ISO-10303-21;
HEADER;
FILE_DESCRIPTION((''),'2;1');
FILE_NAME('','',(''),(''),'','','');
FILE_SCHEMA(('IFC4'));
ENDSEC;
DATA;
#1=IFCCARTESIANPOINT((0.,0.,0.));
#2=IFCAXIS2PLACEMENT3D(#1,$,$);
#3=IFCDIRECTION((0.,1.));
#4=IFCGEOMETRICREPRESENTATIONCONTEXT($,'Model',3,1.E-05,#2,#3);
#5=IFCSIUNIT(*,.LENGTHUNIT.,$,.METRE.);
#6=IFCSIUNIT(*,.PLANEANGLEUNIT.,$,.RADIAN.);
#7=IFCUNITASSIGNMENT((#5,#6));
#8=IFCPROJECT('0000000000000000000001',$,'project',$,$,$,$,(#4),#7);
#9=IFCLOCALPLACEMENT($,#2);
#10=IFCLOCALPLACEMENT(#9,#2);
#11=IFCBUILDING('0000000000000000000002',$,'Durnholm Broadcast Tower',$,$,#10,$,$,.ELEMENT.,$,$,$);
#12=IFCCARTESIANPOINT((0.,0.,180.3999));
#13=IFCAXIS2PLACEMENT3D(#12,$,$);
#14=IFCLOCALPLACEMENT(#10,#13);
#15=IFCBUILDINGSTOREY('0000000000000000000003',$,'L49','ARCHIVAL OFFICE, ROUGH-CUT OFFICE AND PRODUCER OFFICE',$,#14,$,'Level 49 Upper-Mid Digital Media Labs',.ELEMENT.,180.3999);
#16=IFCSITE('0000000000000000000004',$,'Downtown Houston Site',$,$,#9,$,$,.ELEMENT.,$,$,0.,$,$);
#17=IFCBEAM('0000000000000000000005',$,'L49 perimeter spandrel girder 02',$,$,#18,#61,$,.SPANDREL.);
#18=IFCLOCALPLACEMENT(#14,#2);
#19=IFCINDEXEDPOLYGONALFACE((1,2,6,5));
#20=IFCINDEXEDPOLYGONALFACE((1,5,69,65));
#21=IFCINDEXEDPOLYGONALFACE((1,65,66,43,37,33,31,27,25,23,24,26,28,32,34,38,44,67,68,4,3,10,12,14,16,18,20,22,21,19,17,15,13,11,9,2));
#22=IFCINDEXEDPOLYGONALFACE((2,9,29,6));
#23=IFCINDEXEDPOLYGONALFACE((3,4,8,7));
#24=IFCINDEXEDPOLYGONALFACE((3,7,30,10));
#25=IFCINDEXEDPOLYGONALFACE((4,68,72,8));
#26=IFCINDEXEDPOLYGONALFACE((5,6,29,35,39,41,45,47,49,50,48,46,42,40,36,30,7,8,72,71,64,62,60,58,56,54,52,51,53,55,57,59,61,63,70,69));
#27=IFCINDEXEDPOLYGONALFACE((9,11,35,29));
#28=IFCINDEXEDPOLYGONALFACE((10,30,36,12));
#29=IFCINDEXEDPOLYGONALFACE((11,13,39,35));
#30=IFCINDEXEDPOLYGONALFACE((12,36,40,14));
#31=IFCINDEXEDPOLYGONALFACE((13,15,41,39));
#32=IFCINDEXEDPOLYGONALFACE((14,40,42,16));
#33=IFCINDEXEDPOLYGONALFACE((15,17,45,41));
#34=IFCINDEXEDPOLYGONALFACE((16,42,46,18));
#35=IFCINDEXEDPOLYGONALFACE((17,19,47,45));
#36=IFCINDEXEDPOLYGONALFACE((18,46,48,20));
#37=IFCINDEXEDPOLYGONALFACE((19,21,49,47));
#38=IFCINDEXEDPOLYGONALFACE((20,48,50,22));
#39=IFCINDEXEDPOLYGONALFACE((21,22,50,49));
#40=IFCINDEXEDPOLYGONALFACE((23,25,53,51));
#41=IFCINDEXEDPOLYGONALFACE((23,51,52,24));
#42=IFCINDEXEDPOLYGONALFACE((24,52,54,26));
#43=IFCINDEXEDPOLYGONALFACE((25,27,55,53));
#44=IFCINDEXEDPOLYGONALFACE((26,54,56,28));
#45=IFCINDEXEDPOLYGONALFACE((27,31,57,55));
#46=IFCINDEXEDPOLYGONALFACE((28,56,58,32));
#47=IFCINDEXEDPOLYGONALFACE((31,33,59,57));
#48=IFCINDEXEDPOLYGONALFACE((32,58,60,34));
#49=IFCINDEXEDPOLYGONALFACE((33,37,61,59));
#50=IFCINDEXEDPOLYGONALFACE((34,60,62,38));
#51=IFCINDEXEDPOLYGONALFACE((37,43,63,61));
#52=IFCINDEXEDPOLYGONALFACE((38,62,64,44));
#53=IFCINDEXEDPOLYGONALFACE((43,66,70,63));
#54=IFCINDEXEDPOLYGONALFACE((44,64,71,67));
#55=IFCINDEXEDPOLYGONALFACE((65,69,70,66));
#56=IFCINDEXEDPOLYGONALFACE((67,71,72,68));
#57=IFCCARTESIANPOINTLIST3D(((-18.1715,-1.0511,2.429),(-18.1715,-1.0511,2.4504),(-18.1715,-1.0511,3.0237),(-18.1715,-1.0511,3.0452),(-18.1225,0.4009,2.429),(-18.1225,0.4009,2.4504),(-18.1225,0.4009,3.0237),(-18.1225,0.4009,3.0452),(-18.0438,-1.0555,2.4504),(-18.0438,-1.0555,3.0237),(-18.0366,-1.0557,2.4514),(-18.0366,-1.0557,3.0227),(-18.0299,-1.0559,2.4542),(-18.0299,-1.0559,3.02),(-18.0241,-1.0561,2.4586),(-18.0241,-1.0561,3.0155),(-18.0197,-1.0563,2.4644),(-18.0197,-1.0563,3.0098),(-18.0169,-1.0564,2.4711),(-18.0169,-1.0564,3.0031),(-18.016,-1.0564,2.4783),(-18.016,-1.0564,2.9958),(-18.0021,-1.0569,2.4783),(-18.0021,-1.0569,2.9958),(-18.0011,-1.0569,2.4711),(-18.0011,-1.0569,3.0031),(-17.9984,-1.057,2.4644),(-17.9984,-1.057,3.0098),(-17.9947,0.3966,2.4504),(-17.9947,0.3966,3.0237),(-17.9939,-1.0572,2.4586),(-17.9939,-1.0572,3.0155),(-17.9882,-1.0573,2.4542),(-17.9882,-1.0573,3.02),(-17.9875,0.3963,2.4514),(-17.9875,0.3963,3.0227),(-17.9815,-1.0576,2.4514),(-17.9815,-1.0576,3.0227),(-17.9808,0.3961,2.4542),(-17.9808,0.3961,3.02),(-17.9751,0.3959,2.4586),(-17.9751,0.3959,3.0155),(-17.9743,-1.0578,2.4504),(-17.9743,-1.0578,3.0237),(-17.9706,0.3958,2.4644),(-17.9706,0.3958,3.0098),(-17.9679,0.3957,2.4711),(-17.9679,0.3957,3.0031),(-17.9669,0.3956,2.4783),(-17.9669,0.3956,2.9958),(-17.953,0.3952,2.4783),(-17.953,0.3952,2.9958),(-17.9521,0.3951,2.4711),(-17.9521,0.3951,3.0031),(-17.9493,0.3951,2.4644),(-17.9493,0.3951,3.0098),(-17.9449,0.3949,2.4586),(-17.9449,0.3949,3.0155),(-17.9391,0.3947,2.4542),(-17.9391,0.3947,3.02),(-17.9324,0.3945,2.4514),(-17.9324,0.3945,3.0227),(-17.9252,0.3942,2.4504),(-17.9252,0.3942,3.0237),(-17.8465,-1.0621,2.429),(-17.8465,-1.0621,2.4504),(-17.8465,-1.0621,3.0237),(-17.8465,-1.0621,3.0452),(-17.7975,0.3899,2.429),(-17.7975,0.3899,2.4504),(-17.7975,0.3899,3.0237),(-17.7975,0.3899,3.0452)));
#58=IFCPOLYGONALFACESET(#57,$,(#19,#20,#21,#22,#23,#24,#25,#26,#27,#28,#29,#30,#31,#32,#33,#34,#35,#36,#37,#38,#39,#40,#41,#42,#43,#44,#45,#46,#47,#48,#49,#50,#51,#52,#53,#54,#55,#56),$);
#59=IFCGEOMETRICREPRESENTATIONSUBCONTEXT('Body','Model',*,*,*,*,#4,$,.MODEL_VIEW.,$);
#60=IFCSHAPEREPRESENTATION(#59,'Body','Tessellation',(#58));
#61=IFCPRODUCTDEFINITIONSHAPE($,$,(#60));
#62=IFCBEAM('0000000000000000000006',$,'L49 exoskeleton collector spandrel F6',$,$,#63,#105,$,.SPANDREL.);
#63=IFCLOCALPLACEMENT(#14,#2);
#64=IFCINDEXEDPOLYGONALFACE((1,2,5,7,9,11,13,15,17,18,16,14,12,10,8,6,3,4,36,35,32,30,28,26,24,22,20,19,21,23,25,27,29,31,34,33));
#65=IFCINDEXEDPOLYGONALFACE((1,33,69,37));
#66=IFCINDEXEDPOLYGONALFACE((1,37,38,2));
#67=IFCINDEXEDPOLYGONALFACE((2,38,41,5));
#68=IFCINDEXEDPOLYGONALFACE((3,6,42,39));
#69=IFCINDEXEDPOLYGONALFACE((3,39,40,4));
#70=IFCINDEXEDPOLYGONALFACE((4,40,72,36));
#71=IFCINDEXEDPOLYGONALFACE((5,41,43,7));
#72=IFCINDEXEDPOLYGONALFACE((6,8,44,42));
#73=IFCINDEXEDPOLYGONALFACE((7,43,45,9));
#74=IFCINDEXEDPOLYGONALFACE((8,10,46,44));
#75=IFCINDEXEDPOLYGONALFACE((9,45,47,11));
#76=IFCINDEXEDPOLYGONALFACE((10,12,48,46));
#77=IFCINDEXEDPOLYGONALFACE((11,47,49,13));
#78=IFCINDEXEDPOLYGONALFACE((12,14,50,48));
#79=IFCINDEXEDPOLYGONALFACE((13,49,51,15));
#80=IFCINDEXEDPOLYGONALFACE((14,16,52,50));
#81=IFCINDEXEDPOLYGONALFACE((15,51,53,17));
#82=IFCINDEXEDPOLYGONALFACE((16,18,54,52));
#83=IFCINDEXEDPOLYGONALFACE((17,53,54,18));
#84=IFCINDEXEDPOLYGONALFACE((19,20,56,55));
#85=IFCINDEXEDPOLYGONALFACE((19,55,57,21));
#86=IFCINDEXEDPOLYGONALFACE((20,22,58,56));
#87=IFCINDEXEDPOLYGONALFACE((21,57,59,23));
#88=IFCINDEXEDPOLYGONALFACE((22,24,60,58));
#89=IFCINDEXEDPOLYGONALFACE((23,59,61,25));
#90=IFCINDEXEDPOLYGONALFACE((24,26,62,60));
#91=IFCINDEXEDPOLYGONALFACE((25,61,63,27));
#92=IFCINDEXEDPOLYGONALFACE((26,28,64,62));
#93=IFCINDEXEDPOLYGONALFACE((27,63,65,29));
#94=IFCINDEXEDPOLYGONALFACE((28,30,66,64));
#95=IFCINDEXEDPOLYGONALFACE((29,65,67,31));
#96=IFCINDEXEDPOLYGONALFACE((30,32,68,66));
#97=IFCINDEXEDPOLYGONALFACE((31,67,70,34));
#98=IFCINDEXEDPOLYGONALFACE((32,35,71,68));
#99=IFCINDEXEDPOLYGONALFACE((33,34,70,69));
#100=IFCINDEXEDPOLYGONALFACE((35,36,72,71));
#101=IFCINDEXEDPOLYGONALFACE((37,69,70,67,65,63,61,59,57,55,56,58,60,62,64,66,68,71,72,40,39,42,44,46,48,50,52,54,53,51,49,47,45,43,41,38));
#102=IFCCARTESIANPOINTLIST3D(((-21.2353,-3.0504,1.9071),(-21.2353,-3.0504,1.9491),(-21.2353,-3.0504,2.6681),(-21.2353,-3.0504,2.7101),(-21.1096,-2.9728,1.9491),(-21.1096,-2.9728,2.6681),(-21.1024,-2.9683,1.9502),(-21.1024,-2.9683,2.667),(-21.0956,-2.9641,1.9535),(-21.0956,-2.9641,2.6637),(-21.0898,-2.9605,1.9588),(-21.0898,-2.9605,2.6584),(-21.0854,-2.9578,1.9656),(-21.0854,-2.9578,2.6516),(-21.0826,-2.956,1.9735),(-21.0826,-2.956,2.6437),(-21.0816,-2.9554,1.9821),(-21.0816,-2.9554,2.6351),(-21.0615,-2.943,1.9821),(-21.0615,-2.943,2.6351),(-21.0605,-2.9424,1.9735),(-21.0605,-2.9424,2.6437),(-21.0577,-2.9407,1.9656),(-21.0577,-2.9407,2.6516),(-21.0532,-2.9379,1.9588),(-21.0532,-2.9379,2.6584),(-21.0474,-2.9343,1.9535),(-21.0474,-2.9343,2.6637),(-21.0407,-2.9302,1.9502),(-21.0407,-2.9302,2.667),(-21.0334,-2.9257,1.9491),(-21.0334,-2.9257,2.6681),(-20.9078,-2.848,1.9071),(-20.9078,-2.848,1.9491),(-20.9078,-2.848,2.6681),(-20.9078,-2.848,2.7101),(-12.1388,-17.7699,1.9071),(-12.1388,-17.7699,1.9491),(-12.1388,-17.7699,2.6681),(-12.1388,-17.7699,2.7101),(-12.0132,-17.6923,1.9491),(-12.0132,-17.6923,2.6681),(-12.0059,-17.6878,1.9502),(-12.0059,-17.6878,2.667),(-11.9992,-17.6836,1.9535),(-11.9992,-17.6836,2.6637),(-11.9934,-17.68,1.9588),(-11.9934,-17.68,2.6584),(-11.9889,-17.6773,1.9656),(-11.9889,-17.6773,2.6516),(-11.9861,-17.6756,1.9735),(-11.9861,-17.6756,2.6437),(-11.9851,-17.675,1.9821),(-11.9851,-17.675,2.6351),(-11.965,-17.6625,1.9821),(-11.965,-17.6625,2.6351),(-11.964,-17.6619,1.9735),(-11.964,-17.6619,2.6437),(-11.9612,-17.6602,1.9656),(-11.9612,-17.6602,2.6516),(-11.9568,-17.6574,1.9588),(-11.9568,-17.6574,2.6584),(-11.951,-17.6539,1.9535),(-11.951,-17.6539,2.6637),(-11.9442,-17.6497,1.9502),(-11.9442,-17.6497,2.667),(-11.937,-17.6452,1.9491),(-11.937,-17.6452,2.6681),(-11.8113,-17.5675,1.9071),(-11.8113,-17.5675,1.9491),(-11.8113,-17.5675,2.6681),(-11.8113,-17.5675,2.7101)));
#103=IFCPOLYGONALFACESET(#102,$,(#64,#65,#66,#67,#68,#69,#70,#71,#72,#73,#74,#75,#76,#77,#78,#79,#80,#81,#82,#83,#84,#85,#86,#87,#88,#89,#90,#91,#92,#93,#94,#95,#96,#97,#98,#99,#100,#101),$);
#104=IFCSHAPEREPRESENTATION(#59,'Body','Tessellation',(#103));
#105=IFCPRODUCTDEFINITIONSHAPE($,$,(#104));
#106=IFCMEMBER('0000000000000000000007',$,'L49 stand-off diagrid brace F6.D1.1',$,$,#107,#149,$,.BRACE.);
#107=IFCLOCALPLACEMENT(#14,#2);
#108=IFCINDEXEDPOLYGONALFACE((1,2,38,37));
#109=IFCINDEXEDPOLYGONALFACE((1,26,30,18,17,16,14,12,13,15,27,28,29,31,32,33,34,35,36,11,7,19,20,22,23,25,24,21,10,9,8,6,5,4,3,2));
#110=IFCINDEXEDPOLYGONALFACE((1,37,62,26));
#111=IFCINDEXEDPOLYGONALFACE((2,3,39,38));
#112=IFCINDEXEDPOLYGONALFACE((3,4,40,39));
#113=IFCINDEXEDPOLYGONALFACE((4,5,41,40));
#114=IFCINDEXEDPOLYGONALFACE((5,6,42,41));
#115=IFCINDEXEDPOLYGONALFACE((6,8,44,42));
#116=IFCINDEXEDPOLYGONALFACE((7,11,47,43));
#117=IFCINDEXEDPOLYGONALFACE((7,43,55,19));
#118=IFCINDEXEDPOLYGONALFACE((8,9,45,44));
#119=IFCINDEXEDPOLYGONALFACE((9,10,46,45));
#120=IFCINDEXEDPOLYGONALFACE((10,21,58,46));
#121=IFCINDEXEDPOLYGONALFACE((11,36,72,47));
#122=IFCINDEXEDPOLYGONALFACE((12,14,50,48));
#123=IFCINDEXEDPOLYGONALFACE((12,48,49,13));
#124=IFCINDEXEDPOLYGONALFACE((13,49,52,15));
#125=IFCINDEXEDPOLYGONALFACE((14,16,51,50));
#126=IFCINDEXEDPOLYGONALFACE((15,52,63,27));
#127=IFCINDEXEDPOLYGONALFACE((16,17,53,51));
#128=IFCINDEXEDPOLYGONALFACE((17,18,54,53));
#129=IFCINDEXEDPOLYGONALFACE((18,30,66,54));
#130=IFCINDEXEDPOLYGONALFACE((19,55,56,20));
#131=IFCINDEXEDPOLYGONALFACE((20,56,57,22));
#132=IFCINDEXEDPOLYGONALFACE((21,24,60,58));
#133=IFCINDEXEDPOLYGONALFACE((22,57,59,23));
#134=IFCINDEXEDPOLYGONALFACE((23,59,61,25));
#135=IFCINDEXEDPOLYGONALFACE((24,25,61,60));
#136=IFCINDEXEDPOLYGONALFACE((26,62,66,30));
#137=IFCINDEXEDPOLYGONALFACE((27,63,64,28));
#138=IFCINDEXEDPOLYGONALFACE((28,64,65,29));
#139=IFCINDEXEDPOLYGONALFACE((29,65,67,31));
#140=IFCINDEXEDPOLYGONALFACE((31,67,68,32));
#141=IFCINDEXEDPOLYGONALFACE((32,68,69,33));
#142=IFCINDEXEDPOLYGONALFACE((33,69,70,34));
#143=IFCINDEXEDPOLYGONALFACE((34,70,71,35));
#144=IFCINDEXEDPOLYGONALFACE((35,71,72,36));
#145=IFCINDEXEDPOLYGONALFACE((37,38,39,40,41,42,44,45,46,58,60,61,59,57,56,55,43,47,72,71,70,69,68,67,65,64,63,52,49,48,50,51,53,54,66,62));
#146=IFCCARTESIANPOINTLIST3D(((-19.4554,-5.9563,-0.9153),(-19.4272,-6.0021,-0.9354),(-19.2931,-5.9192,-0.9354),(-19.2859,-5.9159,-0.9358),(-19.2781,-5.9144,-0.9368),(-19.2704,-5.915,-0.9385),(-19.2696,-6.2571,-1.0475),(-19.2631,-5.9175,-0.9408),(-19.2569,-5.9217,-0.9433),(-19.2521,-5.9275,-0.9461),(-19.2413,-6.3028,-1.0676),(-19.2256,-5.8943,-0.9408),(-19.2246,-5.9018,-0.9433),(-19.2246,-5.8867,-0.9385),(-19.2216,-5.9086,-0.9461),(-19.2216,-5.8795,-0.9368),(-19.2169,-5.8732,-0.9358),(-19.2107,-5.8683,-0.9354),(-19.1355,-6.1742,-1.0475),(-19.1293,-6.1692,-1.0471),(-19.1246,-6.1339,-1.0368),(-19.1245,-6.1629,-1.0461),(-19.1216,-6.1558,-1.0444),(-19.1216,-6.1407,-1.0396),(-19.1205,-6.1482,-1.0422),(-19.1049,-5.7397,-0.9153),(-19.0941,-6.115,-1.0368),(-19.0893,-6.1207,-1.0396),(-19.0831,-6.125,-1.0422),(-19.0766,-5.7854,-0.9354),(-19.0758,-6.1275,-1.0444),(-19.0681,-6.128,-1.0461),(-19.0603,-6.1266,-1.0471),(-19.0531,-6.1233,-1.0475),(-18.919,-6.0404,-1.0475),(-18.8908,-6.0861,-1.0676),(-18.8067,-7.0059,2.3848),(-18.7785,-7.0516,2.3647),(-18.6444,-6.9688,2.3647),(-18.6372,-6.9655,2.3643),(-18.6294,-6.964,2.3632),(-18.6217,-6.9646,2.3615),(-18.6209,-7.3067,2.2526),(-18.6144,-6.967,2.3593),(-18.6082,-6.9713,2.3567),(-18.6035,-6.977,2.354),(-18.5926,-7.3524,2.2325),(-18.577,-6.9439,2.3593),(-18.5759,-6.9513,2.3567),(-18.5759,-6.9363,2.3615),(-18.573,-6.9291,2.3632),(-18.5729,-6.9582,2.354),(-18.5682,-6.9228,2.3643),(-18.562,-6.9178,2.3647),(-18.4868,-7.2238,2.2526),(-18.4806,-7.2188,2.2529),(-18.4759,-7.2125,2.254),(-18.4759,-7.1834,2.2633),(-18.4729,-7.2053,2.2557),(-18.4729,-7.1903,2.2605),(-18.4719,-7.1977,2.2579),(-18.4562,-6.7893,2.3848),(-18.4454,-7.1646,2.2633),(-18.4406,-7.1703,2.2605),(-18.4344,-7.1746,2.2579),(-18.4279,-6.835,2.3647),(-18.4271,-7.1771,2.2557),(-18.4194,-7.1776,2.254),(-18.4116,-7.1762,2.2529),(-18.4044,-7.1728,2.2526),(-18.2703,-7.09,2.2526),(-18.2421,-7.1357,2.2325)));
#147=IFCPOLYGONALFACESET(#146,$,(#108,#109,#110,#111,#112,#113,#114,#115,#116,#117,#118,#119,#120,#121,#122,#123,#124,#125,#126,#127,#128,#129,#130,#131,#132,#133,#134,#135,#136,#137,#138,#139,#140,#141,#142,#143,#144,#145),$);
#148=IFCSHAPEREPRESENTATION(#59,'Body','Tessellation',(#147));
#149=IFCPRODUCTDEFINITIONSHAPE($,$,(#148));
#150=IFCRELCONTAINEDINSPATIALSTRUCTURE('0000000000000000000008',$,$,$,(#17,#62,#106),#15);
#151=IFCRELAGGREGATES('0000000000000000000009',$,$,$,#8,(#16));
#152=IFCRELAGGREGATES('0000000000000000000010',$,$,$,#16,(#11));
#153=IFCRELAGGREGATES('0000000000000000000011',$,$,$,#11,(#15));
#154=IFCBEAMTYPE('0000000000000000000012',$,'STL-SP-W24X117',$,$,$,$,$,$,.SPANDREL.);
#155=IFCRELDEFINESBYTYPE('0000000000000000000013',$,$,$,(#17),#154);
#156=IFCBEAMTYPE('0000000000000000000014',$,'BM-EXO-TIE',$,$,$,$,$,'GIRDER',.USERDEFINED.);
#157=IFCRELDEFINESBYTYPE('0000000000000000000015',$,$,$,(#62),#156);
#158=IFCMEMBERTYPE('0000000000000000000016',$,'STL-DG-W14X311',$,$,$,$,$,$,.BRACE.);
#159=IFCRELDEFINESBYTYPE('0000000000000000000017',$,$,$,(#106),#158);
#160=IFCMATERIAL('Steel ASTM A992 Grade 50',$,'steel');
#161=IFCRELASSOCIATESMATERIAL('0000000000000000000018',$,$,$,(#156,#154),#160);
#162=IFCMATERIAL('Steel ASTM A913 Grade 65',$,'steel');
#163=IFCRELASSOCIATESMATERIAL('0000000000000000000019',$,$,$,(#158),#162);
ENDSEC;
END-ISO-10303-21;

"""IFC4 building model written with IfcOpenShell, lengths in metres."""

from ifc_helpers import new_model, si_unit, direction, frame, origin, origin_2d, place, context, subcontext, project, spatial, i_section, extrude, source, transform, mapped, material, material_profile, profile_set, type_object, type_shapes, element, save


model = new_model("IFC4")

# Units and contexts
model_context = context("Model", 3, precision=1e-05, world=origin(), true_north=direction((0.0, 1.0)))
body_context = subcontext(model_context, "Body", "Model", "MODEL_VIEW")
ifc_project = project(units=[si_unit("LENGTHUNIT", "METRE"), si_unit("PLANEANGLEUNIT", "RADIAN")], contexts=[model_context])

# Site, building, storey
site_placement = place(None, origin())
site = spatial("IfcSite", under=ifc_project, at=site_placement, Name="Downtown Houston Site", CompositionType="ELEMENT", RefElevation=0.0)
building_placement = place(site_placement, origin())
building = spatial("IfcBuilding", under=site, at=building_placement, Name="Durnholm Broadcast Tower", CompositionType="ELEMENT")
storey_placement = place(building_placement, frame((0.0, 0.0, 180.3999)))
storey = spatial("IfcBuildingStorey", under=building, at=storey_placement, Name="L49", Description="ARCHIVAL OFFICE, ROUGH-CUT OFFICE AND PRODUCER OFFICE", LongName="Level 49 Upper-Mid Digital Media Labs", CompositionType="ELEMENT", Elevation=180.3999)

# Beams
ifc_material_1 = material(Name="Steel ASTM A992 Grade 50", Category="steel")
ifc_material_profile_1 = material_profile(ifc_material_1, i_section(OverallWidth=0.385, OverallDepth=0.803, WebThickness=0.0237, FlangeThickness=0.042, FilletRadius=0.033, at=origin_2d()), Name="W30X261")
ifc_profile_set_1 = profile_set([ifc_material_profile_1], Name="Steel ASTM A992 Grade 50")
beam_type_1 = type_object("IfcBeamType", Name="BM-EXO-TIE", ElementType="GIRDER", PredefinedType="USERDEFINED", material=ifc_profile_set_1)
ifc_material_profile_2 = material_profile(ifc_material_1, i_section(OverallWidth=0.3252, OverallDepth=0.6162, WebThickness=0.0139, FlangeThickness=0.0215, FilletRadius=0.0278, at=origin_2d()), Name="W24X117")
ifc_profile_set_2 = profile_set([ifc_material_profile_2], Name="Steel ASTM A992 Grade 50")
beam_type_2 = type_object("IfcBeamType", Name="STL-SP-W24X117", PredefinedType="SPANDREL", material=ifc_profile_set_2)
shared_shape_1 = source(origin(), body_context, "Body", "SweptSolid", [
    extrude(i_section(OverallWidth=0.3252, OverallDepth=0.6162, WebThickness=0.0139, FlangeThickness=0.0215, FilletRadius=0.0278, at=origin_2d()), origin(), (0.0, 0.0, 1.0), 1.4529),
])
beam_1_placement = place(storey_placement, frame((-18.009, -1.0566, 2.7371), z_axis=(0.033774, 0.99943, 0.0), x_axis=(-0.99943, 0.033774, 0.0)))
element("IfcBeam", 1, at=beam_1_placement, inside=storey, type_object=beam_type_2, Name="L49 perimeter spandrel girder 02", PredefinedType="SPANDREL", context=body_context, shape_type="MappedRepresentation", body=[
    mapped(shared_shape_1, transform((0.0, 0.0, 0.0), x_axis=(1.0, 0.0, 0.0), y_axis=(0.0, 1.0, 0.0), z_axis=(0.0, 0.0, 1.0), scale=1.0)),
])
shared_shape_2 = source(origin(), body_context, "Body", "SweptSolid", [
    extrude(i_section(OverallWidth=0.385, OverallDepth=0.803, WebThickness=0.0237, FlangeThickness=0.042, FilletRadius=0.033, at=origin_2d()), origin(), (0.0, 0.0, 1.0), 17.3035),
])
beam_2_placement = place(storey_placement, frame((-21.0715, -2.9492, 2.3086), z_axis=(0.525702, -0.850669, 0.0), x_axis=(0.850669, 0.525702, 0.0)))
element("IfcBeam", 2, at=beam_2_placement, inside=storey, type_object=beam_type_1, Name="L49 exoskeleton collector spandrel F6", PredefinedType="SPANDREL", context=body_context, shape_type="MappedRepresentation", body=[
    mapped(shared_shape_2, transform((0.0, 0.0, 0.0), x_axis=(1.0, 0.0, 0.0), y_axis=(0.0, 1.0, 0.0), z_axis=(0.0, 0.0, 1.0), scale=1.0)),
])

# Member
ifc_material_2 = material(Name="Steel ASTM A913 Grade 65", Category="steel")
ifc_material_profile_3 = material_profile(ifc_material_2, i_section(OverallWidth=0.4121, OverallDepth=0.4348, WebThickness=0.0359, FlangeThickness=0.0574, FilletRadius=0.0305, at=origin_2d()), Name="W14X311")
ifc_profile_set_3 = profile_set([ifc_material_profile_3], Name="Steel ASTM A913 Grade 65")
member_type_1 = type_object("IfcMemberType", Name="STL-DG-W14X311", PredefinedType="BRACE", material=ifc_profile_set_3)
shared_shape_3 = source(origin(), body_context, "Body", "SweptSolid", [
    extrude(i_section(OverallWidth=0.4121, OverallDepth=0.4348, WebThickness=0.0359, FlangeThickness=0.0574, FilletRadius=0.0305, at=origin_2d()), origin(), (0.0, 0.0, 1.0), 3.5232),
])
type_shapes(member_type_1, [shared_shape_3])
for number, where, z_axis, x_axis, name in (
    (3, (-19.1731, -6.0212, -0.9915), (0.184119, -0.297903, 0.936672), (0.850644, 0.525741, 0.0), "L49 stand-off diagrid brace F6.D1.1"),
):
    element("IfcMember", number, at=place(storey_placement, frame(where, z_axis=z_axis, x_axis=x_axis)), inside=storey, type_object=member_type_1, Name=name, PredefinedType="BRACE", context=body_context, shape_type="MappedRepresentation", body=[
        mapped(shared_shape_3, transform((0.0, 0.0, 0.0), x_axis=(1.0, 0.0, 0.0), y_axis=(0.0, 1.0, 0.0), z_axis=(0.0, 0.0, 1.0), scale=1.0)),
    ])

save(model, "model.ifc")
